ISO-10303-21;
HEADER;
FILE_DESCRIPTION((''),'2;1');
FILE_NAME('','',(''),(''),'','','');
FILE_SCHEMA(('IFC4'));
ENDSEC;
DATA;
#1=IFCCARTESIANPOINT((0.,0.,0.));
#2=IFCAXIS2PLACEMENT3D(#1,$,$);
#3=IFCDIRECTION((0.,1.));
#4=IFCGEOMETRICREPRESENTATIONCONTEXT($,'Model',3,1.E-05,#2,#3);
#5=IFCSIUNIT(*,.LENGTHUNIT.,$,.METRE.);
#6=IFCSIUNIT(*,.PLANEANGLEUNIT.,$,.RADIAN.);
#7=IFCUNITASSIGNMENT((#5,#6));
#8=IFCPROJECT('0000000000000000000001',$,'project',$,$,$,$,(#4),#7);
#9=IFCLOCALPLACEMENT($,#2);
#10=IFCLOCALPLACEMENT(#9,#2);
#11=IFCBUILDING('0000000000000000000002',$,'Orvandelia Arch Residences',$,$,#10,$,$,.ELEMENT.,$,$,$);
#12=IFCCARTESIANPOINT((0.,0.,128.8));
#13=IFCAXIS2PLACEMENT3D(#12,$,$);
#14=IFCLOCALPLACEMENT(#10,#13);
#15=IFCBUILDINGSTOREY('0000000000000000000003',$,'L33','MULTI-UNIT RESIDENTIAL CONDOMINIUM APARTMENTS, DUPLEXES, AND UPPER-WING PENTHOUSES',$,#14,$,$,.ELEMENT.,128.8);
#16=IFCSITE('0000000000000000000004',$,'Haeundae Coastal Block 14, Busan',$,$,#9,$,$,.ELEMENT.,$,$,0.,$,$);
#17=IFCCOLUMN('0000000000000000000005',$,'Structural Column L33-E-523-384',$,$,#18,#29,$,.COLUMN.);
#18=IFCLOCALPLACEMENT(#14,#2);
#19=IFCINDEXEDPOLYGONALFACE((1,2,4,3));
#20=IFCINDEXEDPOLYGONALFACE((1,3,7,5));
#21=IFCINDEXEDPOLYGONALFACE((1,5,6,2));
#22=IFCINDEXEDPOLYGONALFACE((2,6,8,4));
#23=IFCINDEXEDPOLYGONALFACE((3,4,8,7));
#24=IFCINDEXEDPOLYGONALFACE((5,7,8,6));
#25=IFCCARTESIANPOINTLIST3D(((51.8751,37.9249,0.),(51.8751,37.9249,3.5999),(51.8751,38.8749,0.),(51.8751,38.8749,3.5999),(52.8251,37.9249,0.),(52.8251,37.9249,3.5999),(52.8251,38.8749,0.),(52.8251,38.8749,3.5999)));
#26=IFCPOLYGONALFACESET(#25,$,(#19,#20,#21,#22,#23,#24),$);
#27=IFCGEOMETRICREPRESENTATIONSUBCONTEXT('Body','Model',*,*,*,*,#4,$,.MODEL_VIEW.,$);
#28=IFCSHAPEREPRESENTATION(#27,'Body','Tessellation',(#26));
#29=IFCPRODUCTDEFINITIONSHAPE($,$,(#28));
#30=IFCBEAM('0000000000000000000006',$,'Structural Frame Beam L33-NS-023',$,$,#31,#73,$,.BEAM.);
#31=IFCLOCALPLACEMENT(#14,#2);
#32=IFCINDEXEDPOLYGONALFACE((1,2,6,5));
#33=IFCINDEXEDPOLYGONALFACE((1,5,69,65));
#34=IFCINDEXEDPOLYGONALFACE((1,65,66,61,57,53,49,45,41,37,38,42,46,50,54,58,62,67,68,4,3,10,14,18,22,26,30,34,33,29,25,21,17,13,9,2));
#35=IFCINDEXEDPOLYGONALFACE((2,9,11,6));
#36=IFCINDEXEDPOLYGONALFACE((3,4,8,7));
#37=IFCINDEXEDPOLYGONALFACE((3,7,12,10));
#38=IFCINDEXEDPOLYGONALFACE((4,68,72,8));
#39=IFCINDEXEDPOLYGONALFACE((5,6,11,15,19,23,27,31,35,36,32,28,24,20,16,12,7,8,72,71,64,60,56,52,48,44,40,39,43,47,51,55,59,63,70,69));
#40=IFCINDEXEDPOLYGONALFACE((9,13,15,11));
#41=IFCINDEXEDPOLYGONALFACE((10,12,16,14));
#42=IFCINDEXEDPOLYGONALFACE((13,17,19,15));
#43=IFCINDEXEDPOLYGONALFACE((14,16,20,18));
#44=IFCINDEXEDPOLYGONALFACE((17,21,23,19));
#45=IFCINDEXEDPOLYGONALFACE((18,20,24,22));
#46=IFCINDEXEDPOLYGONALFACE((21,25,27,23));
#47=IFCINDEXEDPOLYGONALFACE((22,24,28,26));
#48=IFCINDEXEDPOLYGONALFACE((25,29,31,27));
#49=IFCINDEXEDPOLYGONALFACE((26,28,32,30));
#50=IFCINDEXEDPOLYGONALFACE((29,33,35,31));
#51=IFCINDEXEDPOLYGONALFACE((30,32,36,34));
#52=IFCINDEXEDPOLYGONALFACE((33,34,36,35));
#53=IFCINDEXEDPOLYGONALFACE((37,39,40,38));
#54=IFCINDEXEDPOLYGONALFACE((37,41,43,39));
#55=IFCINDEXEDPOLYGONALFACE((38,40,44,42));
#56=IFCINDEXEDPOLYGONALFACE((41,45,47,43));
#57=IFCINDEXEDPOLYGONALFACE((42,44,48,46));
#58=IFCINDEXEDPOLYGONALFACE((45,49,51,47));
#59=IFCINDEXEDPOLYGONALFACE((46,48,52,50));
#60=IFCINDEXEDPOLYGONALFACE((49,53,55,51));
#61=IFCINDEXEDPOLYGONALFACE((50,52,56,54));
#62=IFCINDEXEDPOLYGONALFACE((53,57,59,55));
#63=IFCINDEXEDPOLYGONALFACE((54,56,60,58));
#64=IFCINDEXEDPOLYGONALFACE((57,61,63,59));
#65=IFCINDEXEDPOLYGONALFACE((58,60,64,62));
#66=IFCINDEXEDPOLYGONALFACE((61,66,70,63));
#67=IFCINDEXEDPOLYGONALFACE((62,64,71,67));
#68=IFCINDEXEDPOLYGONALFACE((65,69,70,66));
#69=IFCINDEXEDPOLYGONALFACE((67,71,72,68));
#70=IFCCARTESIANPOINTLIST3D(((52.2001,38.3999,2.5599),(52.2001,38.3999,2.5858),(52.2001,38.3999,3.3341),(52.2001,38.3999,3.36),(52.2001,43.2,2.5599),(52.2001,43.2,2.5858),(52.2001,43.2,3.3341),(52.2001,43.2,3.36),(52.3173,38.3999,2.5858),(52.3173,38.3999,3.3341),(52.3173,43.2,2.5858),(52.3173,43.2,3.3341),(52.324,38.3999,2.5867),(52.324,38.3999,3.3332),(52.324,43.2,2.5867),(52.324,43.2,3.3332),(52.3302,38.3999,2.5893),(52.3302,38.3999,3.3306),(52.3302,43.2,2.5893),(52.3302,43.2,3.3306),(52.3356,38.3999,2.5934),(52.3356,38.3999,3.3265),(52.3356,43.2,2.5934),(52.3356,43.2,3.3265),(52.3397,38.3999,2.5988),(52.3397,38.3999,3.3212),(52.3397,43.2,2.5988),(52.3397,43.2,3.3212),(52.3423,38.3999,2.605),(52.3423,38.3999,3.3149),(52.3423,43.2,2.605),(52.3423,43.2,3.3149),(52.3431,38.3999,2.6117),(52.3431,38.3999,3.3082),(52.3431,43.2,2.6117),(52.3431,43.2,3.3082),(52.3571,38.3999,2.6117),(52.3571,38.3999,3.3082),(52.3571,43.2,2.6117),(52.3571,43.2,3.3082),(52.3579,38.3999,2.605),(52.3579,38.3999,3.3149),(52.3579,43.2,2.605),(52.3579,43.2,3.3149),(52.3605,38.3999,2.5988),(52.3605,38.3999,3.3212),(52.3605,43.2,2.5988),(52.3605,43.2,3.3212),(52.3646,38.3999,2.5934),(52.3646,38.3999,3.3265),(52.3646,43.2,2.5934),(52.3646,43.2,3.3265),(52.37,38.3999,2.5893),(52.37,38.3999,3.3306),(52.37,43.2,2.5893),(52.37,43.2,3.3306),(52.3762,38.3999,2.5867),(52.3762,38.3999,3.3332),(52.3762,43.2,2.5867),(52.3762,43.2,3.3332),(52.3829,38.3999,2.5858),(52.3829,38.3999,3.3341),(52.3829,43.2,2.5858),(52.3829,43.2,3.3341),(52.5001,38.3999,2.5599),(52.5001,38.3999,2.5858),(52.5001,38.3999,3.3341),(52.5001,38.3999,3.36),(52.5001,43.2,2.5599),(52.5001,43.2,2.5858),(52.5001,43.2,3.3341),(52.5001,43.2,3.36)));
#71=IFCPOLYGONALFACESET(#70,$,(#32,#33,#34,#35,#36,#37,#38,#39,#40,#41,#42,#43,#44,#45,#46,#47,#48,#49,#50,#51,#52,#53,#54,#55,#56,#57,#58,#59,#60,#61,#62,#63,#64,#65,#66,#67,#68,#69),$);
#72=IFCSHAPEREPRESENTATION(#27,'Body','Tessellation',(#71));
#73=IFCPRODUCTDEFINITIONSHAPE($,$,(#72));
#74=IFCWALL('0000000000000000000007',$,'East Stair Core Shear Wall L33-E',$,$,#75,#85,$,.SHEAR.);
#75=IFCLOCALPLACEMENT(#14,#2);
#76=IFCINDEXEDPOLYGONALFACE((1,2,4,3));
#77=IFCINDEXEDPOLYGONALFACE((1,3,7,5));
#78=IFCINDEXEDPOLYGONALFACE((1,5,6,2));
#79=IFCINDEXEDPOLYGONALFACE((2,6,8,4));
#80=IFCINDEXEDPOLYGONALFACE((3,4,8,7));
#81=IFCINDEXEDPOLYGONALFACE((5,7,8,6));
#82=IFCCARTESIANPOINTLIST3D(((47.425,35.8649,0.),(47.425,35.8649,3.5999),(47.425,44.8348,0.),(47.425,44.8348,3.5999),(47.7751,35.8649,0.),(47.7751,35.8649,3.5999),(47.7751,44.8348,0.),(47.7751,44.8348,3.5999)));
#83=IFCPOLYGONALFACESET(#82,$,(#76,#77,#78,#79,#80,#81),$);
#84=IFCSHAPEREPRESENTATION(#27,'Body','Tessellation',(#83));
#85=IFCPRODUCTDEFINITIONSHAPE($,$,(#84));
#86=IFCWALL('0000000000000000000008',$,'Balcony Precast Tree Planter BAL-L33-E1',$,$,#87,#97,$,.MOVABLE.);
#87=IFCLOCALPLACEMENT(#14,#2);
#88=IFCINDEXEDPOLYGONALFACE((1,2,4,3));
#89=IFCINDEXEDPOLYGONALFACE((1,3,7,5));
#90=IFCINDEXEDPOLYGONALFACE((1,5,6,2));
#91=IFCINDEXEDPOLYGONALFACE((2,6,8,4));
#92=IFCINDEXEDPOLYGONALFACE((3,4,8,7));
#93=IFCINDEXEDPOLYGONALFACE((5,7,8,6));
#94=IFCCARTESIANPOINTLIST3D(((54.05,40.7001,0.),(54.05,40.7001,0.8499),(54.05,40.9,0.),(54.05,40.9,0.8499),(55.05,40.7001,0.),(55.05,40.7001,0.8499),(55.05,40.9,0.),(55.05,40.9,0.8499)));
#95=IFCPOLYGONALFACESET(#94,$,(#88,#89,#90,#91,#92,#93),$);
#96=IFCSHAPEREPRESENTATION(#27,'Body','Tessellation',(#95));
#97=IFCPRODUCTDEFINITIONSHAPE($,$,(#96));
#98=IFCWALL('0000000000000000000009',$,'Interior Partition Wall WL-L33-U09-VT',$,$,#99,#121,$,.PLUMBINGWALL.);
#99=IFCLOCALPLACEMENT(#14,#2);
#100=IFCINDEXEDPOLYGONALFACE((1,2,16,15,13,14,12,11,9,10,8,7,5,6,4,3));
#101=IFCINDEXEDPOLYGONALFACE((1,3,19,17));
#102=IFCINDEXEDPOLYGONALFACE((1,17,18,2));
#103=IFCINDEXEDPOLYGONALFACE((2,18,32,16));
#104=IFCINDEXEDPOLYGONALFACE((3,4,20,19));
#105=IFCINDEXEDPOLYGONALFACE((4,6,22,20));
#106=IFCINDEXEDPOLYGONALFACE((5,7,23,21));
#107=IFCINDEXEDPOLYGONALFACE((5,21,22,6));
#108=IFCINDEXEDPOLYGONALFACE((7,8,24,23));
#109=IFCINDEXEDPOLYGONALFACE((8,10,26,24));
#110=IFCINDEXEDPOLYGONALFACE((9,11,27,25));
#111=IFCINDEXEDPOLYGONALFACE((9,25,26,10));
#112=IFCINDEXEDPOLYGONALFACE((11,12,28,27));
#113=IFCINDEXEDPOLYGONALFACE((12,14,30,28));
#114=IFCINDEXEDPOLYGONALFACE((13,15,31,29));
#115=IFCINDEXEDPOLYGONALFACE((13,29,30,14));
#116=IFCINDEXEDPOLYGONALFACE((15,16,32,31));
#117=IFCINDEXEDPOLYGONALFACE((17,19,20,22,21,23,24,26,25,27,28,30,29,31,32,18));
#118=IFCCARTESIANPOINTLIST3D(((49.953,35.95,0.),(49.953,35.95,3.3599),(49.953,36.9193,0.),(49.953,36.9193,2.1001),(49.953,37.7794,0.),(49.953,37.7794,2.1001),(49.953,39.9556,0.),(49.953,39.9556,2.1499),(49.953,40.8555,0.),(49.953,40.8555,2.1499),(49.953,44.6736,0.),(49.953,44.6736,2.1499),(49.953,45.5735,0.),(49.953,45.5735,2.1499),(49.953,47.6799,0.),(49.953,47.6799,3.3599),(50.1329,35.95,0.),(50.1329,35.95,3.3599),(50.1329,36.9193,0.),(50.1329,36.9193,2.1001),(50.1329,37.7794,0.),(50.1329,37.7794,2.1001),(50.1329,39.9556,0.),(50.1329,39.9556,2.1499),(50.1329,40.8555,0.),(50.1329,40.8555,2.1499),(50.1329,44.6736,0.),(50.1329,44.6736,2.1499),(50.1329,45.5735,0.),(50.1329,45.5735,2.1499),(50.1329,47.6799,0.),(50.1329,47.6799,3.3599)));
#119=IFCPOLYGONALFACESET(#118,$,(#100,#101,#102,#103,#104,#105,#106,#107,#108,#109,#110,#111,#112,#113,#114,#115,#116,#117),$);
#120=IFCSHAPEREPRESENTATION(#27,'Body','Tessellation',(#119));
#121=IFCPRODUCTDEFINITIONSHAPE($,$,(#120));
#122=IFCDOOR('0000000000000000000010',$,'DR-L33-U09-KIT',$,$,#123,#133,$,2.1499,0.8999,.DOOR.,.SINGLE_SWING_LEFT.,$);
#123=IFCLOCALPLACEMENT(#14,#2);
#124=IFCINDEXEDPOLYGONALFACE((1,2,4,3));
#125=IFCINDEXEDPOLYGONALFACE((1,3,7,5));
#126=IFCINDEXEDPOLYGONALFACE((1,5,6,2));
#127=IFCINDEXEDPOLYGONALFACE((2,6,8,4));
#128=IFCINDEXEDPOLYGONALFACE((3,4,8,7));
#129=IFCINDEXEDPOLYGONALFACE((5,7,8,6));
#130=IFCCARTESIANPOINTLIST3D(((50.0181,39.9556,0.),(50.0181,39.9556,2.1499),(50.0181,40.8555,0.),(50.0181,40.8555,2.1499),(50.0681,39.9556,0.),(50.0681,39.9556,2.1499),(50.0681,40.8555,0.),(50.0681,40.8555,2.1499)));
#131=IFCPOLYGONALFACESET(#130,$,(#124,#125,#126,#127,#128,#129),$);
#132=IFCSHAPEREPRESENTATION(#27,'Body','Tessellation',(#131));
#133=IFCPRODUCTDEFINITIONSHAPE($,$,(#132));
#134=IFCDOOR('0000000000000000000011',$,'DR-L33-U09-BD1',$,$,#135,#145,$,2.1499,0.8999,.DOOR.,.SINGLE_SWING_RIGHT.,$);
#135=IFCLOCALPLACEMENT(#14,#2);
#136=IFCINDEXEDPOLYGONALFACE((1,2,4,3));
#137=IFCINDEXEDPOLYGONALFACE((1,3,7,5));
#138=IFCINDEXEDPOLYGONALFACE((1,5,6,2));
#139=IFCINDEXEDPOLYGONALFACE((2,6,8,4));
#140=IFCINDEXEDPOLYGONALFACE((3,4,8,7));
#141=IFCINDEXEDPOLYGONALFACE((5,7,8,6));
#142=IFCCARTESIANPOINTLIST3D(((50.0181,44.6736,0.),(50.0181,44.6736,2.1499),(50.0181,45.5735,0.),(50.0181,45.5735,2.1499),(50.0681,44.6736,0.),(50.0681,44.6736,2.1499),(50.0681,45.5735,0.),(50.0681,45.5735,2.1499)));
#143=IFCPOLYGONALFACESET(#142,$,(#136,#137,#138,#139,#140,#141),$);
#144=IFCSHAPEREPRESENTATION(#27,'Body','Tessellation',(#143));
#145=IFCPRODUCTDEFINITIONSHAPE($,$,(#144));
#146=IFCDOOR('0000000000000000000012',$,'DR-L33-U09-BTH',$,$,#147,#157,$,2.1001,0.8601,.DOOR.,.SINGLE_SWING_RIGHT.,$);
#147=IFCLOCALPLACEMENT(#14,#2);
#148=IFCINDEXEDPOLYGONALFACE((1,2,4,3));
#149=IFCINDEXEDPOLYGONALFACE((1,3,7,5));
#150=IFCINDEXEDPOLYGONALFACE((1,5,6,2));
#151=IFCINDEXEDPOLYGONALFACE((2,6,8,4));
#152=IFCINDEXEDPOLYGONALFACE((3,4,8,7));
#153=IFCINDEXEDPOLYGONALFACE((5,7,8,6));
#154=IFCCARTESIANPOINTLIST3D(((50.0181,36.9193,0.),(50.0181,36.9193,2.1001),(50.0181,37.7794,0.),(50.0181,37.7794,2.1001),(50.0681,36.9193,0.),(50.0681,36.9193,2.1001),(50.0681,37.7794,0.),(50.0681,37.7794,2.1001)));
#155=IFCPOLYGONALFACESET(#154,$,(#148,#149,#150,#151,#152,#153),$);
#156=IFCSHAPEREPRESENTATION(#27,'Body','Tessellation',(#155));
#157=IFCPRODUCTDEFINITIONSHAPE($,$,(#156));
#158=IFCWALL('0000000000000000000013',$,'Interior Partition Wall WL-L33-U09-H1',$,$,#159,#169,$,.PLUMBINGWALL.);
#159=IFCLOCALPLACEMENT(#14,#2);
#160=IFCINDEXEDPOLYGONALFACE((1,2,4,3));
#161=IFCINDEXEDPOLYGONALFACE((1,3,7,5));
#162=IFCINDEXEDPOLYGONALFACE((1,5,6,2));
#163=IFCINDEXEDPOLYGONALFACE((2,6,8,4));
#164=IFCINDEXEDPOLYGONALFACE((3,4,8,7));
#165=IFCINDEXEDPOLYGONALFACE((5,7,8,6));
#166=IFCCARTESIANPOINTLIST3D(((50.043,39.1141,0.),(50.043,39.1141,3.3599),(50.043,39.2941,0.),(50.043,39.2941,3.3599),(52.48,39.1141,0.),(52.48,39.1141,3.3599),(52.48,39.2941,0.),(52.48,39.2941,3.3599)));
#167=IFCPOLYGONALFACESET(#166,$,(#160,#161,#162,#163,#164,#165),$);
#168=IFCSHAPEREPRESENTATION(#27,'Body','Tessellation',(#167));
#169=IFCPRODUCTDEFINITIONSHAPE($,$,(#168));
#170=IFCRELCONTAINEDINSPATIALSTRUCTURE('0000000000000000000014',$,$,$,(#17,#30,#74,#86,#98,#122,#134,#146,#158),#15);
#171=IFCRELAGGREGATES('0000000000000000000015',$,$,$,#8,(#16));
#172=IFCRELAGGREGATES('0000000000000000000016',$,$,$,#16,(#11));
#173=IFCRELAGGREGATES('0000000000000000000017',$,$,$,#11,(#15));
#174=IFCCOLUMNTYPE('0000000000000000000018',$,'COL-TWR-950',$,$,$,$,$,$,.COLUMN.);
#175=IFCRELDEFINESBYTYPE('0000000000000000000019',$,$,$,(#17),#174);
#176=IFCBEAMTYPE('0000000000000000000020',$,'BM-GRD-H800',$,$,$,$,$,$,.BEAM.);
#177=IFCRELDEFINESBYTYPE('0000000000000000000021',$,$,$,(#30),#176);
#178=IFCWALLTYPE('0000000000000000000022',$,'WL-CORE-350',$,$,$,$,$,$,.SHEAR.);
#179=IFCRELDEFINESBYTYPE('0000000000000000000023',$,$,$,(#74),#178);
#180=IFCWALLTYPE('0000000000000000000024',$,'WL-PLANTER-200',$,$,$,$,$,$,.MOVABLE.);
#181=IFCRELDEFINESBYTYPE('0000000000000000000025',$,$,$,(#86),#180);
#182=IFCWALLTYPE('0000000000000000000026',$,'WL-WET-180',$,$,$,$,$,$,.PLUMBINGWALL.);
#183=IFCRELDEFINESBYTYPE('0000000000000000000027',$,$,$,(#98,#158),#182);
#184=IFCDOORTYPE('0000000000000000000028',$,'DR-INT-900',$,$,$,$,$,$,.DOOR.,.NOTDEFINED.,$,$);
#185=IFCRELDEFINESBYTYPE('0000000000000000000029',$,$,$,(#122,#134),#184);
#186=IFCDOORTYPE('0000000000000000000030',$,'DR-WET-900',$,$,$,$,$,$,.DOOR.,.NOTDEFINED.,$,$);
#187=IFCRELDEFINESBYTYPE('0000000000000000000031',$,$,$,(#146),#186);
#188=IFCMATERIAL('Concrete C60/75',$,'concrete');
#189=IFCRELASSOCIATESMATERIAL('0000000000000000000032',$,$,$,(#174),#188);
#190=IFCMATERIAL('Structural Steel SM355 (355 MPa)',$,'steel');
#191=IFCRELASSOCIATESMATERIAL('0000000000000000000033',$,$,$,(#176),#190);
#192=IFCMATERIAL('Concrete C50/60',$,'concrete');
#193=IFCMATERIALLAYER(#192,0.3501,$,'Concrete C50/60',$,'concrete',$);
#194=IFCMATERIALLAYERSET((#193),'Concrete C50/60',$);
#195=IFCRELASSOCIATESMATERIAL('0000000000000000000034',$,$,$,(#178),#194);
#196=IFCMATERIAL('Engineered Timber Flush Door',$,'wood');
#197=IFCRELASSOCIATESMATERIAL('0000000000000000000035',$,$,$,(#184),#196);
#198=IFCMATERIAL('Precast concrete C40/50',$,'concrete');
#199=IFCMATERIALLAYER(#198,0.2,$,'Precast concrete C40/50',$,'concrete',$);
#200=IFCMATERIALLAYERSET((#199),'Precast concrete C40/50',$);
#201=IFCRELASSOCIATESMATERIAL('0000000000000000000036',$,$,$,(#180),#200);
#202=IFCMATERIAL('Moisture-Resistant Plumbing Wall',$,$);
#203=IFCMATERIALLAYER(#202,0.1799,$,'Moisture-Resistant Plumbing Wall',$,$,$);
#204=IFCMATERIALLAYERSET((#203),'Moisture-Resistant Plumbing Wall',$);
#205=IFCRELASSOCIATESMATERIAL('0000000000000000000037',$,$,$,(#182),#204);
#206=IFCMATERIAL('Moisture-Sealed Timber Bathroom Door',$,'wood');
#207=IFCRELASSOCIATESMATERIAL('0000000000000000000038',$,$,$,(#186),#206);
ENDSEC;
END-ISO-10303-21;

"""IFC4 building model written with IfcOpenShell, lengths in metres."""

from ifc_helpers import new_model, si_unit, direction, frame, frame_2d, origin, origin_2d, place, context, subcontext, project, spatial, rectangle, i_section, extrude, material, layer, layer_set, material_profile, profile_set, type_object, element, fill, save


model = new_model("IFC4")

# Units and contexts
model_context = context("Model", 3, precision=1e-05, world=origin(), true_north=direction((0.0, 1.0)))
body_context = subcontext(model_context, "Body", "Model", "MODEL_VIEW")
ifc_project = project(units=[si_unit("LENGTHUNIT", "METRE"), si_unit("PLANEANGLEUNIT", "RADIAN")], contexts=[model_context])

# Site, building, storey
site_placement = place(None, origin())
site = spatial("IfcSite", under=ifc_project, at=site_placement, Name="Haeundae Coastal Block 14, Busan", CompositionType="ELEMENT", RefElevation=0.0)
building_placement = place(site_placement, origin())
building = spatial("IfcBuilding", under=site, at=building_placement, Name="Orvandelia Arch Residences", CompositionType="ELEMENT")
storey_placement = place(building_placement, frame((0.0, 0.0, 128.8)))
storey = spatial("IfcBuildingStorey", under=building, at=storey_placement, Name="L33", Description="MULTI-UNIT RESIDENTIAL CONDOMINIUM APARTMENTS, DUPLEXES, AND UPPER-WING PENTHOUSES", CompositionType="ELEMENT", Elevation=128.8)

# Column
ifc_material_1 = material(Name="Concrete C60/75", Category="concrete")
ifc_material_profile_1 = material_profile(ifc_material_1, rectangle(XDim=0.95, YDim=0.95, at=origin_2d()), Name="Concrete C60/75", Category="concrete")
ifc_profile_set_1 = profile_set([ifc_material_profile_1], Name="Concrete C60/75")
column_type = type_object("IfcColumnType", Name="COL-TWR-950", PredefinedType="COLUMN", material=ifc_profile_set_1)
column_placement = place(storey_placement, frame((52.3501, 38.3999, 0.0), z_axis=(0.0, 0.0, 1.0), x_axis=(1.0, 0.0, 0.0)))
element("IfcColumn", 1, at=column_placement, inside=storey, type_object=column_type, Name="Structural Column L33-E-523-384", PredefinedType="COLUMN", context=body_context, shape_type="SweptSolid", body=[
    extrude(rectangle(XDim=0.95, YDim=0.95, at=origin_2d()), origin(), (0.0, 0.0, 1.0), 3.5999),
])

# Beam
ifc_material_2 = material(Name="Structural Steel SM355 (355 MPa)", Category="steel")
ifc_material_profile_2 = material_profile(ifc_material_2, i_section(OverallWidth=0.3, OverallDepth=0.8, WebThickness=0.0139, FlangeThickness=0.0259, FilletRadius=0.0259, at=origin_2d()), Name="Structural Steel SM355 (355 MPa)", Category="steel")
ifc_profile_set_2 = profile_set([ifc_material_profile_2], Name="Structural Steel SM355 (355 MPa)")
beam_type = type_object("IfcBeamType", Name="BM-GRD-H800", PredefinedType="BEAM", material=ifc_profile_set_2)
beam_placement = place(storey_placement, frame((52.3501, 38.3999, 2.96), z_axis=(0.0, 1.0, 0.0), x_axis=(-1.0, 0.0, 0.0)))
element("IfcBeam", 2, at=beam_placement, inside=storey, type_object=beam_type, Name="Structural Frame Beam L33-NS-023", PredefinedType="BEAM", context=body_context, shape_type="SweptSolid", body=[
    extrude(i_section(OverallWidth=0.3, OverallDepth=0.8, WebThickness=0.0139, FlangeThickness=0.0259, FilletRadius=0.0259, at=origin_2d()), origin(), (0.0, 0.0, 1.0), 4.8),
])

# Wall
ifc_material_3 = material(Name="Concrete C50/60", Category="concrete")
ifc_layer_1 = layer(ifc_material_3, 0.3501, Name="Concrete C50/60", Category="concrete")
ifc_layer_set_1 = layer_set([ifc_layer_1], Name="Concrete C50/60")
wall_type_1 = type_object("IfcWallType", Name="WL-CORE-350", PredefinedType="SHEAR", material=ifc_layer_set_1)
wall_1_placement = place(storey_placement, frame((47.6001, 35.865, 0.0), z_axis=(0.0, 0.0, 1.0), x_axis=(0.0, 1.0, 0.0)))
element("IfcWall", 3, at=wall_1_placement, inside=storey, type_object=wall_type_1, Name="East Stair Core Shear Wall L33-E", PredefinedType="SHEAR", context=body_context, shape_type="SweptSolid", body=[
    extrude(rectangle(XDim=8.97, YDim=0.3501, at=frame_2d((4.4849, 0.0))), origin(), (0.0, 0.0, 1.0), 3.5999),
])

# Shared definitions
ifc_material_4 = material(Name="Engineered Timber Flush Door", Category="wood")
door_type_1 = type_object("IfcDoorType", Name="DR-INT-900", OperationType="NOTDEFINED", PredefinedType="DOOR", material=ifc_material_4)

# Wall
ifc_material_5 = material(Name="Precast concrete C40/50", Category="concrete")
ifc_layer_2 = layer(ifc_material_5, 0.2, Name="Precast concrete C40/50", Category="concrete")
ifc_layer_set_2 = layer_set([ifc_layer_2], Name="Precast concrete C40/50")
wall_type_2 = type_object("IfcWallType", Name="WL-PLANTER-200", PredefinedType="MOVABLE", material=ifc_layer_set_2)
wall_2_placement = place(storey_placement, frame((54.05, 40.8, 0.0), z_axis=(0.0, 0.0, 1.0), x_axis=(1.0, 0.0, 0.0)))
element("IfcWall", 4, at=wall_2_placement, inside=storey, type_object=wall_type_2, Name="Balcony Precast Tree Planter BAL-L33-E1", PredefinedType="MOVABLE", context=body_context, shape_type="SweptSolid", body=[
    extrude(rectangle(XDim=1.0, YDim=0.2, at=frame_2d((0.5, 0.0))), origin(), (0.0, 0.0, 1.0), 0.8499),
])

# Wall, openings, doors
ifc_material_6 = material(Name="Moisture-Resistant Plumbing Wall")
ifc_layer_3 = layer(ifc_material_6, 0.1799, Name="Moisture-Resistant Plumbing Wall")
ifc_layer_set_3 = layer_set([ifc_layer_3], Name="Moisture-Resistant Plumbing Wall")
wall_type_3 = type_object("IfcWallType", Name="WL-WET-180", PredefinedType="PLUMBINGWALL", material=ifc_layer_set_3)
wall_3_placement = place(storey_placement, frame((50.043, 35.95, 0.0), z_axis=(0.0, 0.0, 1.0), x_axis=(0.0, 1.0, 0.0)))
wall_3 = element("IfcWall", 5, at=wall_3_placement, inside=storey, type_object=wall_type_3, Name="Interior Partition Wall WL-L33-U09-VT", PredefinedType="PLUMBINGWALL", context=body_context, shape_type="SweptSolid", body=[
    extrude(rectangle(XDim=11.73, YDim=0.1799, at=frame_2d((5.865, 0.0))), origin(), (0.0, 0.0, 1.0), 3.3599),
])
opening_1_placement = place(wall_3_placement, frame((0.9692, 0.0, 0.0)))
opening_1 = element("IfcOpeningElement", 6, at=opening_1_placement, cuts=wall_3, PredefinedType="OPENING", context=body_context, shape_type="SweptSolid", body=[
    extrude(rectangle(XDim=0.8601, YDim=2.1001, at=frame_2d((0.4302, 1.05))), frame((0.0, 0.1001, 0.0), z_axis=(0.0, -1.0, 0.0), x_axis=(1.0, 0.0, 0.0)), (0.0, 0.0, 1.0), 0.2),
])
opening_2_placement = place(wall_3_placement, frame((4.0056, 0.0, 0.0)))
opening_2 = element("IfcOpeningElement", 7, at=opening_2_placement, cuts=wall_3, PredefinedType="OPENING", context=body_context, shape_type="SweptSolid", body=[
    extrude(rectangle(XDim=0.8999, YDim=2.1499, at=frame_2d((0.45, 1.075))), frame((0.0, 0.1001, 0.0), z_axis=(0.0, -1.0, 0.0), x_axis=(1.0, 0.0, 0.0)), (0.0, 0.0, 1.0), 0.2),
])
opening_3_placement = place(wall_3_placement, frame((8.7236, 0.0, 0.0)))
opening_3 = element("IfcOpeningElement", 8, at=opening_3_placement, cuts=wall_3, PredefinedType="OPENING", context=body_context, shape_type="SweptSolid", body=[
    extrude(rectangle(XDim=0.8999, YDim=2.1499, at=frame_2d((0.45, 1.075))), frame((0.0, 0.1001, 0.0), z_axis=(0.0, -1.0, 0.0), x_axis=(1.0, 0.0, 0.0)), (0.0, 0.0, 1.0), 0.2),
])
door_1_placement = place(opening_2_placement, origin())
door_1 = element("IfcDoor", 9, at=door_1_placement, inside=storey, type_object=door_type_1, Name="DR-L33-U09-KIT", OperationType="SINGLE_SWING_LEFT", OverallHeight=2.1499, OverallWidth=0.8999, PredefinedType="DOOR", context=body_context, shape_type="SweptSolid", body=[
    extrude(rectangle(XDim=0.8999, YDim=2.1499, at=frame_2d((0.45, 1.075))), frame((0.0, 0.0249, 0.0), z_axis=(0.0, -1.0, 0.0), x_axis=(1.0, 0.0, 0.0)), (0.0, 0.0, 1.0), 0.05),
])
fill(opening_2, door_1)
door_2_placement = place(opening_3_placement, origin())
door_2 = element("IfcDoor", 10, at=door_2_placement, inside=storey, type_object=door_type_1, Name="DR-L33-U09-BD1", OperationType="SINGLE_SWING_RIGHT", OverallHeight=2.1499, OverallWidth=0.8999, PredefinedType="DOOR", context=body_context, shape_type="SweptSolid", body=[
    extrude(rectangle(XDim=0.8999, YDim=2.1499, at=frame_2d((0.45, 1.075))), frame((0.0, 0.0249, 0.0), z_axis=(0.0, -1.0, 0.0), x_axis=(1.0, 0.0, 0.0)), (0.0, 0.0, 1.0), 0.05),
])
fill(opening_3, door_2)
ifc_material_7 = material(Name="Moisture-Sealed Timber Bathroom Door", Category="wood")
door_type_2 = type_object("IfcDoorType", Name="DR-WET-900", OperationType="NOTDEFINED", PredefinedType="DOOR", material=ifc_material_7)
door_3_placement = place(opening_1_placement, origin())
door_3 = element("IfcDoor", 11, at=door_3_placement, inside=storey, type_object=door_type_2, Name="DR-L33-U09-BTH", OperationType="SINGLE_SWING_RIGHT", OverallHeight=2.1001, OverallWidth=0.8601, PredefinedType="DOOR", context=body_context, shape_type="SweptSolid", body=[
    extrude(rectangle(XDim=0.8601, YDim=2.1001, at=frame_2d((0.4302, 1.05))), frame((0.0, 0.0249, 0.0), z_axis=(0.0, -1.0, 0.0), x_axis=(1.0, 0.0, 0.0)), (0.0, 0.0, 1.0), 0.05),
])
fill(opening_1, door_3)

# Wall
wall_4_placement = place(storey_placement, frame((50.043, 39.2041, 0.0), z_axis=(0.0, 0.0, 1.0), x_axis=(1.0, 0.0, 0.0)))
element("IfcWall", 12, at=wall_4_placement, inside=storey, type_object=wall_type_3, Name="Interior Partition Wall WL-L33-U09-H1", PredefinedType="PLUMBINGWALL", context=body_context, shape_type="SweptSolid", body=[
    extrude(rectangle(XDim=2.437, YDim=0.1799, at=frame_2d((1.2185, 0.0))), origin(), (0.0, 0.0, 1.0), 3.3599),
])

save(model, "model.ifc")
